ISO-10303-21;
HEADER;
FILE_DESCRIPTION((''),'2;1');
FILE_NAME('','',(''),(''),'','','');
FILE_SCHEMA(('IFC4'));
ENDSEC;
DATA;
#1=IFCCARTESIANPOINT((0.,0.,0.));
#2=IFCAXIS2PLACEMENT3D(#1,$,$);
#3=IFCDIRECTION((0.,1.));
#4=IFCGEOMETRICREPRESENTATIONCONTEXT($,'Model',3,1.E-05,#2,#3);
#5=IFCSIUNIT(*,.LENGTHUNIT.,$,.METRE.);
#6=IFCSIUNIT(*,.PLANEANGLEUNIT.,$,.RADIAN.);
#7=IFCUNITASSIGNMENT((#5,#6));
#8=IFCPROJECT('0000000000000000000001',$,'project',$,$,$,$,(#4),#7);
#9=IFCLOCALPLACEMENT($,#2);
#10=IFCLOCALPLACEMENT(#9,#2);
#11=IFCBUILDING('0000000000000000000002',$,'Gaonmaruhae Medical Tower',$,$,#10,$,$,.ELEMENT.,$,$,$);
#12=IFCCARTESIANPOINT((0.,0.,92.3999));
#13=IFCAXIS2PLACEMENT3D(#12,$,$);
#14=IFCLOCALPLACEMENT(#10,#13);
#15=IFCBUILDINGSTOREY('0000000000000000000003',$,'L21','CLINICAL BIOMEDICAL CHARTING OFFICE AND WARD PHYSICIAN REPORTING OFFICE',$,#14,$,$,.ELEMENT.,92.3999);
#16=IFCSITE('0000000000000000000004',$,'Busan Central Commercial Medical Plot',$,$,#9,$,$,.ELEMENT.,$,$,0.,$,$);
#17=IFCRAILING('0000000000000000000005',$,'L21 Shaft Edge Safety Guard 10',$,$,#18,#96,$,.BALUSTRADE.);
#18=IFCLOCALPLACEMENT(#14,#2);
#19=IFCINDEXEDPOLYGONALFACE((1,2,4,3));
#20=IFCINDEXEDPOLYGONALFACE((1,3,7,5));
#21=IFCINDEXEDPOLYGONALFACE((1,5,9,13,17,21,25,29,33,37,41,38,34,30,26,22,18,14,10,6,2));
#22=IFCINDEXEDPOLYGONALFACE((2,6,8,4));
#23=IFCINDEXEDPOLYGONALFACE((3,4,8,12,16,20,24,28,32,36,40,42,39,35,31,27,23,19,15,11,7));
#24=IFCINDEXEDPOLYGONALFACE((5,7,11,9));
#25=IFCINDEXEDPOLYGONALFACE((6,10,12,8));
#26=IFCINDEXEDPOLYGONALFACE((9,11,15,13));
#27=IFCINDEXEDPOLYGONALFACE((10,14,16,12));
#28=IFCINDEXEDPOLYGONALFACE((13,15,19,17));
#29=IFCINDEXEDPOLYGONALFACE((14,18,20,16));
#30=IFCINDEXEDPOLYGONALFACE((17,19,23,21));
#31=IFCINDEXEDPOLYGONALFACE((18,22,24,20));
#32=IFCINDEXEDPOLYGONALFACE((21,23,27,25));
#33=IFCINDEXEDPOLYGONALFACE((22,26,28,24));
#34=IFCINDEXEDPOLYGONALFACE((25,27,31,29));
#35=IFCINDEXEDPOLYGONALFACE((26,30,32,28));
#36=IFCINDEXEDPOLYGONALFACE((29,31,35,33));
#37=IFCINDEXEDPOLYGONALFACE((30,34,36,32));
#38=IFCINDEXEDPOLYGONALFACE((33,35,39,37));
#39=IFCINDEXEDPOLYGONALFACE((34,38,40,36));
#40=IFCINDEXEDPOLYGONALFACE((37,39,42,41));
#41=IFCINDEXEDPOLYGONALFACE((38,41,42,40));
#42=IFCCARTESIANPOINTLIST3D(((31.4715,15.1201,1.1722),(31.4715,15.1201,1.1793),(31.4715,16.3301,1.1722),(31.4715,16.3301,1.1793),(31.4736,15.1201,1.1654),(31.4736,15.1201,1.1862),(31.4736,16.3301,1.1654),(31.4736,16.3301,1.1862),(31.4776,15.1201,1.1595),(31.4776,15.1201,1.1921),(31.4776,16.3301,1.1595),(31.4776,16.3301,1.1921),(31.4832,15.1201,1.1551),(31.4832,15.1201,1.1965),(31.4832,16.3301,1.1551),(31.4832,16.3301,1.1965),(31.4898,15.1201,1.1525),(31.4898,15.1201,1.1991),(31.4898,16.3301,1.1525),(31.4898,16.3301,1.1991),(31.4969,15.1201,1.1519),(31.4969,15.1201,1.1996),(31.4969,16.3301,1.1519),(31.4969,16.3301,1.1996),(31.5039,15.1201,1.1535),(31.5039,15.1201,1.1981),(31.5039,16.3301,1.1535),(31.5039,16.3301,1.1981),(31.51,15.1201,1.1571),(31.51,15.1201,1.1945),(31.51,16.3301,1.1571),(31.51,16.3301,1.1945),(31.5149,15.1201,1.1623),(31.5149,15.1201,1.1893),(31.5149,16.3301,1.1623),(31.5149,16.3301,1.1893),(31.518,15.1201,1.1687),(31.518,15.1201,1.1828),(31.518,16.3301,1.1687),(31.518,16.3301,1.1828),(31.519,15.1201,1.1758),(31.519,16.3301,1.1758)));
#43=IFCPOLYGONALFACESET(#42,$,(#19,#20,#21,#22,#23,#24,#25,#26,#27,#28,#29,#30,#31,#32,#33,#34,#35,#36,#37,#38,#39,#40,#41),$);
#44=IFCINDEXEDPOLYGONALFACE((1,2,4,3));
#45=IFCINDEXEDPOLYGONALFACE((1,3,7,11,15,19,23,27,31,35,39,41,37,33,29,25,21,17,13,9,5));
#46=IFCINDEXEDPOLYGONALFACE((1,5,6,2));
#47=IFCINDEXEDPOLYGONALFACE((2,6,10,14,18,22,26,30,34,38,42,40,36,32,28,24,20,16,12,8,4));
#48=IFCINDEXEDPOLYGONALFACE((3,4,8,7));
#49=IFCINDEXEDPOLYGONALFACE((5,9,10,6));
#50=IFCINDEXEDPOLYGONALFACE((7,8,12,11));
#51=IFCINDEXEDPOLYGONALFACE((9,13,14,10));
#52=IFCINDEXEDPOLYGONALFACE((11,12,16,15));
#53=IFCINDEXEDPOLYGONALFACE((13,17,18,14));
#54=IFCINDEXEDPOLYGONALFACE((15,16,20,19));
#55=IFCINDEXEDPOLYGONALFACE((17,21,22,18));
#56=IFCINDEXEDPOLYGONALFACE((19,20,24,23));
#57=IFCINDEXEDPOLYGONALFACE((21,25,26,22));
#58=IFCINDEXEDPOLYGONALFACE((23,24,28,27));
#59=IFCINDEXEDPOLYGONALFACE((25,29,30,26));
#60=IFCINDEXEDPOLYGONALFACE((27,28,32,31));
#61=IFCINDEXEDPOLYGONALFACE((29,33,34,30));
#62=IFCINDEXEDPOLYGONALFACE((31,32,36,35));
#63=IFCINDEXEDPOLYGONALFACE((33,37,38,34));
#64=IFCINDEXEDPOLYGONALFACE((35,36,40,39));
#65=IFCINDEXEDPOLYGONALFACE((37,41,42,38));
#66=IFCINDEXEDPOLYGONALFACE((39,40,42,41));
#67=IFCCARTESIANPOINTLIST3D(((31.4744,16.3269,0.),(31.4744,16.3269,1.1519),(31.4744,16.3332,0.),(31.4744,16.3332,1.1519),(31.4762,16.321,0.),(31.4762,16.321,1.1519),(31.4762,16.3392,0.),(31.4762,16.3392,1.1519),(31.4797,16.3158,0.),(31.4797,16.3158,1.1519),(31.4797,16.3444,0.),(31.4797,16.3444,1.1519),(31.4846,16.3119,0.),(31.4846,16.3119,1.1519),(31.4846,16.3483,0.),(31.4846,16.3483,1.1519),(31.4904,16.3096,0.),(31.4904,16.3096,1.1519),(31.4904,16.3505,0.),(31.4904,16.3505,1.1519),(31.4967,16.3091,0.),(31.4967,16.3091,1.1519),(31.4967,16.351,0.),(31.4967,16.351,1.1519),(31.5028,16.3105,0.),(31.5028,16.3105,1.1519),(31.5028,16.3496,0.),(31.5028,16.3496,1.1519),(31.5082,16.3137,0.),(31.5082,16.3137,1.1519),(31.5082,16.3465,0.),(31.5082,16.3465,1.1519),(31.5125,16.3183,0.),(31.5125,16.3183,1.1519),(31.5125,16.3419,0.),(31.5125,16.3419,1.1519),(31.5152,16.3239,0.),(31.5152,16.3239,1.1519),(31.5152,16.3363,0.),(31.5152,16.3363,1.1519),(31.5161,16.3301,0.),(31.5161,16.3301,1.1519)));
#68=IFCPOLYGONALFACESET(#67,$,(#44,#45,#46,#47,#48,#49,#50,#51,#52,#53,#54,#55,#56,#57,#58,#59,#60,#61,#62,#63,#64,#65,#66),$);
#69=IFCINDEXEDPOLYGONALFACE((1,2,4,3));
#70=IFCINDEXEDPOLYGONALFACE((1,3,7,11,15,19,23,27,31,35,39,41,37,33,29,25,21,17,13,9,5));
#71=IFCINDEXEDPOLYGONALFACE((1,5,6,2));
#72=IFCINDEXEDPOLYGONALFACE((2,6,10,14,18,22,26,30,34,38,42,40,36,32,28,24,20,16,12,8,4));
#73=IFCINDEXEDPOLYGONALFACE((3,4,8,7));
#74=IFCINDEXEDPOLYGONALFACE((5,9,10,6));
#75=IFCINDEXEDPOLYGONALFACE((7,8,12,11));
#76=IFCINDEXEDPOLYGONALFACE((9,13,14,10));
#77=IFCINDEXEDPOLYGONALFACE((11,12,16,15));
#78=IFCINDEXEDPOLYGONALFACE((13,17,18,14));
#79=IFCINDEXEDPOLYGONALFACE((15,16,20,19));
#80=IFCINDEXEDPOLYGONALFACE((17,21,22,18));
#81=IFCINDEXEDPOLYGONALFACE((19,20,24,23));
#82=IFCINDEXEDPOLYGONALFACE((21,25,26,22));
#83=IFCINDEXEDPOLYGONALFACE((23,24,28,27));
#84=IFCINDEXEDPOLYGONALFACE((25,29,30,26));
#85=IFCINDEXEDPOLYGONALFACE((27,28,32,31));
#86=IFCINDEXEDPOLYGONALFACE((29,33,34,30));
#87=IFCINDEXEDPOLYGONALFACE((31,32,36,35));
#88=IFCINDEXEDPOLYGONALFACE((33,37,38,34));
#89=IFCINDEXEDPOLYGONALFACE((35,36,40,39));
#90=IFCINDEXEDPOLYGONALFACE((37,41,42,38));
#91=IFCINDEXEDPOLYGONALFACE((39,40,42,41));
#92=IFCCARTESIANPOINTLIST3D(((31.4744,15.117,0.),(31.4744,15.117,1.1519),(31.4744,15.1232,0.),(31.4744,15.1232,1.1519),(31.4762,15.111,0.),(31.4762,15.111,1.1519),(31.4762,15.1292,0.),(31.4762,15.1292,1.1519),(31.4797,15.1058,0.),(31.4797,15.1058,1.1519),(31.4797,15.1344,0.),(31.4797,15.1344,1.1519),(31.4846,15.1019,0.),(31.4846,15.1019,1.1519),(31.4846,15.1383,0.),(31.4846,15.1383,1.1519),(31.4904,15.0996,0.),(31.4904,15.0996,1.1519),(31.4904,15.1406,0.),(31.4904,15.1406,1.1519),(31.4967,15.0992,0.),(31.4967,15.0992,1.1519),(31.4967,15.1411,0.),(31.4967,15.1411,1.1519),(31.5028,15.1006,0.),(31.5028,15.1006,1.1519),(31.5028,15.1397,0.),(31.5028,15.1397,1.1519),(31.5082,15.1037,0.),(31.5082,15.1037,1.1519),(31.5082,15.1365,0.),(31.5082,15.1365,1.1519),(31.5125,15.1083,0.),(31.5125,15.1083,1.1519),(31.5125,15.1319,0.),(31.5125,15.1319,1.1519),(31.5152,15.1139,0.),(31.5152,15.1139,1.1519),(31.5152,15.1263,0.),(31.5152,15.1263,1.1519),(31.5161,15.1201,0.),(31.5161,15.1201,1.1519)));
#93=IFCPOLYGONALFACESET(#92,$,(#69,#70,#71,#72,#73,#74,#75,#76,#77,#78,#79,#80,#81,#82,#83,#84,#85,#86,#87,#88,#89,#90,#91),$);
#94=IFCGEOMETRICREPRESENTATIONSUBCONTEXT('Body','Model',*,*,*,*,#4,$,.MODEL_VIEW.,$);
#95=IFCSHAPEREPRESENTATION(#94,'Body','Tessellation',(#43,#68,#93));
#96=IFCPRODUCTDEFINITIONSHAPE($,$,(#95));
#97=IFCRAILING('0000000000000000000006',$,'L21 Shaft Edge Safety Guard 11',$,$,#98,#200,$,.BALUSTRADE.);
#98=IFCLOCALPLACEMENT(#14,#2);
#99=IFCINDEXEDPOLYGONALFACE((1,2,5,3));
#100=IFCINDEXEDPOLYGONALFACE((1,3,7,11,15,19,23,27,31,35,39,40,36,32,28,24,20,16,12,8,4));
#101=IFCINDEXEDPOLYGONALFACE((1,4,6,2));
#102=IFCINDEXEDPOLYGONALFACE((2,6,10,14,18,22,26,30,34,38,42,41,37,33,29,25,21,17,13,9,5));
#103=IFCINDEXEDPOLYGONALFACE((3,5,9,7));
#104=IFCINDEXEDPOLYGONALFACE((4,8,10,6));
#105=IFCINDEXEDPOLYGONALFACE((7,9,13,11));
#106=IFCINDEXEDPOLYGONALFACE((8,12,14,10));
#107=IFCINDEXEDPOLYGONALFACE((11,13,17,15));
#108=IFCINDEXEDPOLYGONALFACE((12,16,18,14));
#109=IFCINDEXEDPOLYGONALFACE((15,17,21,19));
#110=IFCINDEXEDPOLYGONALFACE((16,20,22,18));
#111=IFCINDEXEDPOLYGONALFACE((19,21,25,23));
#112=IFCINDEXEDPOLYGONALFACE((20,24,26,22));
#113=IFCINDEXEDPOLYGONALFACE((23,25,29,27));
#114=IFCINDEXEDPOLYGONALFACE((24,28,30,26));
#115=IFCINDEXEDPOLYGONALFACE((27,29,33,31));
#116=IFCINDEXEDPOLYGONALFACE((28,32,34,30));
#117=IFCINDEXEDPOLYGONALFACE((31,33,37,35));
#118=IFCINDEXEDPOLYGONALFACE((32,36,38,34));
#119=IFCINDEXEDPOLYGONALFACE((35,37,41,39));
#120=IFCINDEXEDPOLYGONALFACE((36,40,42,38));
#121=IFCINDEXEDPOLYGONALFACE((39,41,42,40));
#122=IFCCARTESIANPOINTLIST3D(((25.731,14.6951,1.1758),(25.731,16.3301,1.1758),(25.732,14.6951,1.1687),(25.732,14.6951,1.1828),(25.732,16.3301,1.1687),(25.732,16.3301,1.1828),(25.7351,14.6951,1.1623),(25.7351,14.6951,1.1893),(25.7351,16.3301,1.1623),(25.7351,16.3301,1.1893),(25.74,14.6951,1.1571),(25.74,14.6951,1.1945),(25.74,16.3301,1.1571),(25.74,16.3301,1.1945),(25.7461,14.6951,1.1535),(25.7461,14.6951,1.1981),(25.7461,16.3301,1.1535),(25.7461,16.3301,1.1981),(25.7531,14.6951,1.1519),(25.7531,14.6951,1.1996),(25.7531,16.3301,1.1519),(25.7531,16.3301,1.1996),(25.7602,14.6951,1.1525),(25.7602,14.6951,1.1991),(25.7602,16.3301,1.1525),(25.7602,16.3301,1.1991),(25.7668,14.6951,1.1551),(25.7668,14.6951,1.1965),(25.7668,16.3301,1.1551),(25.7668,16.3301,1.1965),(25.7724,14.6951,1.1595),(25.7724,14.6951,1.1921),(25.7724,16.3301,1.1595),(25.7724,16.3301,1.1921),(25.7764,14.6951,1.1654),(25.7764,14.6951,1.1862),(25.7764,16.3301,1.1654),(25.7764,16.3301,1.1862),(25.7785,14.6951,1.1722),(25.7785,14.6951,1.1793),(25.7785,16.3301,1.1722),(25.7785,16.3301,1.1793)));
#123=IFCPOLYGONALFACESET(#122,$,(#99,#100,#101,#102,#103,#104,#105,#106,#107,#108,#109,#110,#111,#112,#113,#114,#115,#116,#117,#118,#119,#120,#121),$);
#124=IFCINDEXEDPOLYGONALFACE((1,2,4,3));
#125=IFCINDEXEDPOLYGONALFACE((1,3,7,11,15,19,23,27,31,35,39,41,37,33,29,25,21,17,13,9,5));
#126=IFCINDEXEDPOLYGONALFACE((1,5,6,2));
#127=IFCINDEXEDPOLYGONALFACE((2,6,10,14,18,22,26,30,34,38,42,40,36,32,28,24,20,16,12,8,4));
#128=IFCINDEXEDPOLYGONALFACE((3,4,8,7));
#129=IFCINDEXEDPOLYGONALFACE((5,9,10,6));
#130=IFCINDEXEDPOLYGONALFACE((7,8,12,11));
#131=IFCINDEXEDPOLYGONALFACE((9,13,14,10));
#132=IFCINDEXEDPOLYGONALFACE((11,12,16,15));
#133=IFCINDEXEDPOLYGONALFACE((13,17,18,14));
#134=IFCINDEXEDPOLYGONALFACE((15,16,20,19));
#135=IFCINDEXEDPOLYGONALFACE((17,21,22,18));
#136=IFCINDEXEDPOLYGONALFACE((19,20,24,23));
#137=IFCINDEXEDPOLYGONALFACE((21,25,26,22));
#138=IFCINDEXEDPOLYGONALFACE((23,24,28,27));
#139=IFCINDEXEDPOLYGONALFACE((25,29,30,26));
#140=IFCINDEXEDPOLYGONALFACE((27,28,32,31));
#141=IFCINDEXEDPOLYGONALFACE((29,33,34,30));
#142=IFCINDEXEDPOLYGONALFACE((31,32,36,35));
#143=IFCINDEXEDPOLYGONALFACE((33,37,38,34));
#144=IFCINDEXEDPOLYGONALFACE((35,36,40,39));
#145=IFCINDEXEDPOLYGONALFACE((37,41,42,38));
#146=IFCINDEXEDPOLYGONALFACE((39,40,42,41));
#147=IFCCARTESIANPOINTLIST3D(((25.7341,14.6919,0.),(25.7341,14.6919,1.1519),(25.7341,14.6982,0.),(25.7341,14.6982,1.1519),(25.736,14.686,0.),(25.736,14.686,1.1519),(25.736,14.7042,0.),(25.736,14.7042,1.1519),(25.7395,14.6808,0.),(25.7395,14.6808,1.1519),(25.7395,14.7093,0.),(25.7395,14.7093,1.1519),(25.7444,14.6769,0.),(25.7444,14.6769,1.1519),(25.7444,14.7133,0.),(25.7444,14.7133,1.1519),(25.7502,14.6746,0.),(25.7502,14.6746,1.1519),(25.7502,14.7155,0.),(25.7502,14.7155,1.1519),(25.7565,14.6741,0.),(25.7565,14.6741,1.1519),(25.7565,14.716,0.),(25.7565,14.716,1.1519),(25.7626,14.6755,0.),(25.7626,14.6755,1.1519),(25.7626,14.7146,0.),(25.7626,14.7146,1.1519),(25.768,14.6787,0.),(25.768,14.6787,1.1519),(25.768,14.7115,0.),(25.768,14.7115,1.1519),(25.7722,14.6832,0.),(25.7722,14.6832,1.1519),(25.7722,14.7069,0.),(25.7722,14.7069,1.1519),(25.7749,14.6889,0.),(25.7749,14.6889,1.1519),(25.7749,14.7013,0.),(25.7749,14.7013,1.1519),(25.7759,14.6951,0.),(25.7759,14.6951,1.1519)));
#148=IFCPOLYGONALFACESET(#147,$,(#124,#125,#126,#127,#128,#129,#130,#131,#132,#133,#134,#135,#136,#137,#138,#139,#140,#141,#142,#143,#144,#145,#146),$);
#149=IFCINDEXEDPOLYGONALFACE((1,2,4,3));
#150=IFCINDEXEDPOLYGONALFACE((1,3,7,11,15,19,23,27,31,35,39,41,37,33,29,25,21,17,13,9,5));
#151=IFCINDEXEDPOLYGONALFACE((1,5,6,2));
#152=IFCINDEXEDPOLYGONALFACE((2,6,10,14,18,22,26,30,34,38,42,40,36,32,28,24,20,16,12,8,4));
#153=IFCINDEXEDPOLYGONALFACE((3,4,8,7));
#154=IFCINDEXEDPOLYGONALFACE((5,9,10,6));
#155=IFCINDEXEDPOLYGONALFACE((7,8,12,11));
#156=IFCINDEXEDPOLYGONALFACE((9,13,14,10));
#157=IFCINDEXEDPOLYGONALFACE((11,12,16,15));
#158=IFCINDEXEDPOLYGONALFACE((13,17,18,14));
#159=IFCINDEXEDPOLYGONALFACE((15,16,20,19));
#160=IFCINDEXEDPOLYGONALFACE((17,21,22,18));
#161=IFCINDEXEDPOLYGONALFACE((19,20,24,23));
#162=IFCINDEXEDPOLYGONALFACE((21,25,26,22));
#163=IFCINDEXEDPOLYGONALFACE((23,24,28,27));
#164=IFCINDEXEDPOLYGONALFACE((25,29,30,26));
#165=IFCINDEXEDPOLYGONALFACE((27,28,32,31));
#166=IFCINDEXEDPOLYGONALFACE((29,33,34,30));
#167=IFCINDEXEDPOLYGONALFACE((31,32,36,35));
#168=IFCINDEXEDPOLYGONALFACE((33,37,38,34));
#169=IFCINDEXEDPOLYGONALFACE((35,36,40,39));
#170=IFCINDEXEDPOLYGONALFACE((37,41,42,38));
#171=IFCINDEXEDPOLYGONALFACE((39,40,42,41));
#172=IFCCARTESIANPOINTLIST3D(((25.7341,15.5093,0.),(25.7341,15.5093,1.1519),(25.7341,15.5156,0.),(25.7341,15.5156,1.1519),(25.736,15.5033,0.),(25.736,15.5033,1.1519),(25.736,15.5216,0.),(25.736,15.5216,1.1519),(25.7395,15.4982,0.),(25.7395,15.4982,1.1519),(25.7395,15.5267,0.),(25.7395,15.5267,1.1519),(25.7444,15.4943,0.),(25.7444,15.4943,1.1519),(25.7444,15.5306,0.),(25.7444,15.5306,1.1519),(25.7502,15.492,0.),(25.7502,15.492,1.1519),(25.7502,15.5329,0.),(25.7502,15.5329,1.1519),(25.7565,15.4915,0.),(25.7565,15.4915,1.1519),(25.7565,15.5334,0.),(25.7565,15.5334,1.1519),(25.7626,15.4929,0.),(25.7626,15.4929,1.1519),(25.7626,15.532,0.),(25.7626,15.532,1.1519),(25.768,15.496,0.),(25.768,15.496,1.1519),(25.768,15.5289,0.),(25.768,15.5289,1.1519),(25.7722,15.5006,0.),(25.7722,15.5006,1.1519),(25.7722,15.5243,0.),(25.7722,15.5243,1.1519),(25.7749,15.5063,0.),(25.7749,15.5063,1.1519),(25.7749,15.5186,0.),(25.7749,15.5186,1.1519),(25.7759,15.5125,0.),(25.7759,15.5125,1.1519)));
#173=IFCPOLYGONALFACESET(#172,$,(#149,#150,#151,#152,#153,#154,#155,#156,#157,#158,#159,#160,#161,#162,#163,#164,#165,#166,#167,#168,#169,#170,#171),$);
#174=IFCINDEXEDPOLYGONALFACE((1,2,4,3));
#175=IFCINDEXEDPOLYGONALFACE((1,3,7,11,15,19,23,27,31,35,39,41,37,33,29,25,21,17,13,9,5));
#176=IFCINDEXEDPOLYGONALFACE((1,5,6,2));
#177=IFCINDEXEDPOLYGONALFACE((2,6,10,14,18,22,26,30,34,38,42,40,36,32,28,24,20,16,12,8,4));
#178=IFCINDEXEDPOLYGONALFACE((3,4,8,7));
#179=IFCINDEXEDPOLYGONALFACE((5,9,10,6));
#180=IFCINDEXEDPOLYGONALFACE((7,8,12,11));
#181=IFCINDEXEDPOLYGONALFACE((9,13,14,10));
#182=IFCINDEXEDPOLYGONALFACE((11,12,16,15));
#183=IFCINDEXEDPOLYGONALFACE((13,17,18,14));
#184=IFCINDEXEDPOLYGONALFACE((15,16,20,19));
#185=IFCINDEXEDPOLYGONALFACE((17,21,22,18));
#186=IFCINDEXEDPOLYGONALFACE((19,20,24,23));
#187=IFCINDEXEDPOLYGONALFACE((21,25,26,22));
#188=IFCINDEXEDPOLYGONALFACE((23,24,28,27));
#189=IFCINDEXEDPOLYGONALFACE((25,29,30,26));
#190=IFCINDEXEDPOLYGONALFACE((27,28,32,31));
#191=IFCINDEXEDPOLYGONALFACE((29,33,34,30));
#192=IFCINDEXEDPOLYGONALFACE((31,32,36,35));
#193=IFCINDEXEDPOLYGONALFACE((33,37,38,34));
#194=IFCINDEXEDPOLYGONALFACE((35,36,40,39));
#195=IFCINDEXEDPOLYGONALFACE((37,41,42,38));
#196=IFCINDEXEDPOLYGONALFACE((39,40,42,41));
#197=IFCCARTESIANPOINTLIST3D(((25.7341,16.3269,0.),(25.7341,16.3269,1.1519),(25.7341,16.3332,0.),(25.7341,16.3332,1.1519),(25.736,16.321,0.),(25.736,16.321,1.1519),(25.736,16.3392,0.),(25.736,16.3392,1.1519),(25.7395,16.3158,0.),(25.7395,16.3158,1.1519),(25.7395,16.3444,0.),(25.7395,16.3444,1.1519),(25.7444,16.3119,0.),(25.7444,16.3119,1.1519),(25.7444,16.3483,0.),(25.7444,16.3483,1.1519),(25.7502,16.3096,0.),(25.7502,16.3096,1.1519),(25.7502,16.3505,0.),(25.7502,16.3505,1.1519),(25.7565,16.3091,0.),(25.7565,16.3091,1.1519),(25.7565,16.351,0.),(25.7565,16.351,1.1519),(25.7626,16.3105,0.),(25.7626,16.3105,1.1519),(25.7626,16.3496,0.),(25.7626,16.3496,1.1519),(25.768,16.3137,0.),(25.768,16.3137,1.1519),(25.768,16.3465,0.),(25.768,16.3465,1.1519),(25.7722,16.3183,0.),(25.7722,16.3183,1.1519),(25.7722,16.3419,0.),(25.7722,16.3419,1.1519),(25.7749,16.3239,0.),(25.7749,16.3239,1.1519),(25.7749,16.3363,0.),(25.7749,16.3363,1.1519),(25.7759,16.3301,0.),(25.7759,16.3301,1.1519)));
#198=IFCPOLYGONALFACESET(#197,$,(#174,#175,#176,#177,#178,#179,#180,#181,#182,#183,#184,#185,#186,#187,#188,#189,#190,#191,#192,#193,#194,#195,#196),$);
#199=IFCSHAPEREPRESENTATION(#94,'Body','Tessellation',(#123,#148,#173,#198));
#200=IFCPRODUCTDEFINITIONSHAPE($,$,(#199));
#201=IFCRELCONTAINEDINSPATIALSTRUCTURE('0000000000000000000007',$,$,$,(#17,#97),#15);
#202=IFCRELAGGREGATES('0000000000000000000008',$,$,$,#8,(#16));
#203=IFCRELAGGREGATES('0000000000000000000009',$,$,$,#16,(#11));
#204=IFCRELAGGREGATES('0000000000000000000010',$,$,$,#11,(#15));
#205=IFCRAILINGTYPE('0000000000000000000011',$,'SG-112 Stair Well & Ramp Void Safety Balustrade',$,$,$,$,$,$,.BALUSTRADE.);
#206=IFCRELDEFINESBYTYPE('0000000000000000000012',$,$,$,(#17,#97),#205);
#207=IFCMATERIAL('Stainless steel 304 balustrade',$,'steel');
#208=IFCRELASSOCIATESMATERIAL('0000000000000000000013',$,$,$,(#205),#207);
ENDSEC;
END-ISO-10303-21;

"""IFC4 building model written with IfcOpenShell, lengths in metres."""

from ifc_helpers import new_model, si_unit, direction, frame, origin, origin_2d, place, context, subcontext, project, spatial, circle, extrude, material, type_object, element, save


model = new_model("IFC4")

# Units and contexts
model_context = context("Model", 3, precision=1e-05, world=origin(), true_north=direction((0.0, 1.0)))
body_context = subcontext(model_context, "Body", "Model", "MODEL_VIEW")
ifc_project = project(units=[si_unit("LENGTHUNIT", "METRE"), si_unit("PLANEANGLEUNIT", "RADIAN")], contexts=[model_context])

# Site, building, storey
site_placement = place(None, origin())
site = spatial("IfcSite", under=ifc_project, at=site_placement, Name="Busan Central Commercial Medical Plot", CompositionType="ELEMENT", RefElevation=0.0)
building_placement = place(site_placement, origin())
building = spatial("IfcBuilding", under=site, at=building_placement, Name="Gaonmaruhae Medical Tower", CompositionType="ELEMENT")
storey_placement = place(building_placement, frame((0.0, 0.0, 92.3999)))
storey = spatial("IfcBuildingStorey", under=building, at=storey_placement, Name="L21", Description="CLINICAL BIOMEDICAL CHARTING OFFICE AND WARD PHYSICIAN REPORTING OFFICE", CompositionType="ELEMENT", Elevation=92.3999)

# Railings
ifc_material_1 = material(Name="Stainless steel 304 balustrade", Category="steel")
railing_type_1 = type_object("IfcRailingType", Name="SG-112 Stair Well & Ramp Void Safety Balustrade", PredefinedType="BALUSTRADE", material=ifc_material_1)
railing_1_placement = place(storey_placement, frame((31.4951, 16.3301, 0.0)))
element("IfcRailing", 1, at=railing_1_placement, inside=storey, type_object=railing_type_1, Name="L21 Shaft Edge Safety Guard 10", PredefinedType="BALUSTRADE", context=body_context, shape_type="SweptSolid", body=[
    extrude(circle(Radius=0.0239, at=origin_2d()), frame((0.0, 0.0, 1.1758), z_axis=(0.0, -1.0, 0.0), x_axis=(1.0, 0.0, 0.0)), (0.0, 0.0, 1.0), 1.21),
    extrude(circle(Radius=0.021, at=origin_2d()), origin(), (0.0, 0.0, 1.0), 1.1519),
    extrude(circle(Radius=0.021, at=origin_2d()), frame((0.0, -1.21, 0.0)), (0.0, 0.0, 1.0), 1.1519),
])
railing_2_placement = place(storey_placement, frame((25.7549, 14.6951, 0.0)))
element("IfcRailing", 2, at=railing_2_placement, inside=storey, type_object=railing_type_1, Name="L21 Shaft Edge Safety Guard 11", PredefinedType="BALUSTRADE", context=body_context, shape_type="SweptSolid", body=[
    extrude(circle(Radius=0.0239, at=origin_2d()), frame((0.0, 0.0, 1.1758), z_axis=(0.0, 1.0, 0.0), x_axis=(-1.0, 0.0, 0.0)), (0.0, 0.0, 1.0), 1.635),
    extrude(circle(Radius=0.021, at=origin_2d()), origin(), (0.0, 0.0, 1.0), 1.1519),
    extrude(circle(Radius=0.021, at=origin_2d()), frame((0.0, 0.8174, 0.0)), (0.0, 0.0, 1.0), 1.1519),
    extrude(circle(Radius=0.021, at=origin_2d()), frame((0.0, 1.635, 0.0)), (0.0, 0.0, 1.0), 1.1519),
])

save(model, "model.ifc")
